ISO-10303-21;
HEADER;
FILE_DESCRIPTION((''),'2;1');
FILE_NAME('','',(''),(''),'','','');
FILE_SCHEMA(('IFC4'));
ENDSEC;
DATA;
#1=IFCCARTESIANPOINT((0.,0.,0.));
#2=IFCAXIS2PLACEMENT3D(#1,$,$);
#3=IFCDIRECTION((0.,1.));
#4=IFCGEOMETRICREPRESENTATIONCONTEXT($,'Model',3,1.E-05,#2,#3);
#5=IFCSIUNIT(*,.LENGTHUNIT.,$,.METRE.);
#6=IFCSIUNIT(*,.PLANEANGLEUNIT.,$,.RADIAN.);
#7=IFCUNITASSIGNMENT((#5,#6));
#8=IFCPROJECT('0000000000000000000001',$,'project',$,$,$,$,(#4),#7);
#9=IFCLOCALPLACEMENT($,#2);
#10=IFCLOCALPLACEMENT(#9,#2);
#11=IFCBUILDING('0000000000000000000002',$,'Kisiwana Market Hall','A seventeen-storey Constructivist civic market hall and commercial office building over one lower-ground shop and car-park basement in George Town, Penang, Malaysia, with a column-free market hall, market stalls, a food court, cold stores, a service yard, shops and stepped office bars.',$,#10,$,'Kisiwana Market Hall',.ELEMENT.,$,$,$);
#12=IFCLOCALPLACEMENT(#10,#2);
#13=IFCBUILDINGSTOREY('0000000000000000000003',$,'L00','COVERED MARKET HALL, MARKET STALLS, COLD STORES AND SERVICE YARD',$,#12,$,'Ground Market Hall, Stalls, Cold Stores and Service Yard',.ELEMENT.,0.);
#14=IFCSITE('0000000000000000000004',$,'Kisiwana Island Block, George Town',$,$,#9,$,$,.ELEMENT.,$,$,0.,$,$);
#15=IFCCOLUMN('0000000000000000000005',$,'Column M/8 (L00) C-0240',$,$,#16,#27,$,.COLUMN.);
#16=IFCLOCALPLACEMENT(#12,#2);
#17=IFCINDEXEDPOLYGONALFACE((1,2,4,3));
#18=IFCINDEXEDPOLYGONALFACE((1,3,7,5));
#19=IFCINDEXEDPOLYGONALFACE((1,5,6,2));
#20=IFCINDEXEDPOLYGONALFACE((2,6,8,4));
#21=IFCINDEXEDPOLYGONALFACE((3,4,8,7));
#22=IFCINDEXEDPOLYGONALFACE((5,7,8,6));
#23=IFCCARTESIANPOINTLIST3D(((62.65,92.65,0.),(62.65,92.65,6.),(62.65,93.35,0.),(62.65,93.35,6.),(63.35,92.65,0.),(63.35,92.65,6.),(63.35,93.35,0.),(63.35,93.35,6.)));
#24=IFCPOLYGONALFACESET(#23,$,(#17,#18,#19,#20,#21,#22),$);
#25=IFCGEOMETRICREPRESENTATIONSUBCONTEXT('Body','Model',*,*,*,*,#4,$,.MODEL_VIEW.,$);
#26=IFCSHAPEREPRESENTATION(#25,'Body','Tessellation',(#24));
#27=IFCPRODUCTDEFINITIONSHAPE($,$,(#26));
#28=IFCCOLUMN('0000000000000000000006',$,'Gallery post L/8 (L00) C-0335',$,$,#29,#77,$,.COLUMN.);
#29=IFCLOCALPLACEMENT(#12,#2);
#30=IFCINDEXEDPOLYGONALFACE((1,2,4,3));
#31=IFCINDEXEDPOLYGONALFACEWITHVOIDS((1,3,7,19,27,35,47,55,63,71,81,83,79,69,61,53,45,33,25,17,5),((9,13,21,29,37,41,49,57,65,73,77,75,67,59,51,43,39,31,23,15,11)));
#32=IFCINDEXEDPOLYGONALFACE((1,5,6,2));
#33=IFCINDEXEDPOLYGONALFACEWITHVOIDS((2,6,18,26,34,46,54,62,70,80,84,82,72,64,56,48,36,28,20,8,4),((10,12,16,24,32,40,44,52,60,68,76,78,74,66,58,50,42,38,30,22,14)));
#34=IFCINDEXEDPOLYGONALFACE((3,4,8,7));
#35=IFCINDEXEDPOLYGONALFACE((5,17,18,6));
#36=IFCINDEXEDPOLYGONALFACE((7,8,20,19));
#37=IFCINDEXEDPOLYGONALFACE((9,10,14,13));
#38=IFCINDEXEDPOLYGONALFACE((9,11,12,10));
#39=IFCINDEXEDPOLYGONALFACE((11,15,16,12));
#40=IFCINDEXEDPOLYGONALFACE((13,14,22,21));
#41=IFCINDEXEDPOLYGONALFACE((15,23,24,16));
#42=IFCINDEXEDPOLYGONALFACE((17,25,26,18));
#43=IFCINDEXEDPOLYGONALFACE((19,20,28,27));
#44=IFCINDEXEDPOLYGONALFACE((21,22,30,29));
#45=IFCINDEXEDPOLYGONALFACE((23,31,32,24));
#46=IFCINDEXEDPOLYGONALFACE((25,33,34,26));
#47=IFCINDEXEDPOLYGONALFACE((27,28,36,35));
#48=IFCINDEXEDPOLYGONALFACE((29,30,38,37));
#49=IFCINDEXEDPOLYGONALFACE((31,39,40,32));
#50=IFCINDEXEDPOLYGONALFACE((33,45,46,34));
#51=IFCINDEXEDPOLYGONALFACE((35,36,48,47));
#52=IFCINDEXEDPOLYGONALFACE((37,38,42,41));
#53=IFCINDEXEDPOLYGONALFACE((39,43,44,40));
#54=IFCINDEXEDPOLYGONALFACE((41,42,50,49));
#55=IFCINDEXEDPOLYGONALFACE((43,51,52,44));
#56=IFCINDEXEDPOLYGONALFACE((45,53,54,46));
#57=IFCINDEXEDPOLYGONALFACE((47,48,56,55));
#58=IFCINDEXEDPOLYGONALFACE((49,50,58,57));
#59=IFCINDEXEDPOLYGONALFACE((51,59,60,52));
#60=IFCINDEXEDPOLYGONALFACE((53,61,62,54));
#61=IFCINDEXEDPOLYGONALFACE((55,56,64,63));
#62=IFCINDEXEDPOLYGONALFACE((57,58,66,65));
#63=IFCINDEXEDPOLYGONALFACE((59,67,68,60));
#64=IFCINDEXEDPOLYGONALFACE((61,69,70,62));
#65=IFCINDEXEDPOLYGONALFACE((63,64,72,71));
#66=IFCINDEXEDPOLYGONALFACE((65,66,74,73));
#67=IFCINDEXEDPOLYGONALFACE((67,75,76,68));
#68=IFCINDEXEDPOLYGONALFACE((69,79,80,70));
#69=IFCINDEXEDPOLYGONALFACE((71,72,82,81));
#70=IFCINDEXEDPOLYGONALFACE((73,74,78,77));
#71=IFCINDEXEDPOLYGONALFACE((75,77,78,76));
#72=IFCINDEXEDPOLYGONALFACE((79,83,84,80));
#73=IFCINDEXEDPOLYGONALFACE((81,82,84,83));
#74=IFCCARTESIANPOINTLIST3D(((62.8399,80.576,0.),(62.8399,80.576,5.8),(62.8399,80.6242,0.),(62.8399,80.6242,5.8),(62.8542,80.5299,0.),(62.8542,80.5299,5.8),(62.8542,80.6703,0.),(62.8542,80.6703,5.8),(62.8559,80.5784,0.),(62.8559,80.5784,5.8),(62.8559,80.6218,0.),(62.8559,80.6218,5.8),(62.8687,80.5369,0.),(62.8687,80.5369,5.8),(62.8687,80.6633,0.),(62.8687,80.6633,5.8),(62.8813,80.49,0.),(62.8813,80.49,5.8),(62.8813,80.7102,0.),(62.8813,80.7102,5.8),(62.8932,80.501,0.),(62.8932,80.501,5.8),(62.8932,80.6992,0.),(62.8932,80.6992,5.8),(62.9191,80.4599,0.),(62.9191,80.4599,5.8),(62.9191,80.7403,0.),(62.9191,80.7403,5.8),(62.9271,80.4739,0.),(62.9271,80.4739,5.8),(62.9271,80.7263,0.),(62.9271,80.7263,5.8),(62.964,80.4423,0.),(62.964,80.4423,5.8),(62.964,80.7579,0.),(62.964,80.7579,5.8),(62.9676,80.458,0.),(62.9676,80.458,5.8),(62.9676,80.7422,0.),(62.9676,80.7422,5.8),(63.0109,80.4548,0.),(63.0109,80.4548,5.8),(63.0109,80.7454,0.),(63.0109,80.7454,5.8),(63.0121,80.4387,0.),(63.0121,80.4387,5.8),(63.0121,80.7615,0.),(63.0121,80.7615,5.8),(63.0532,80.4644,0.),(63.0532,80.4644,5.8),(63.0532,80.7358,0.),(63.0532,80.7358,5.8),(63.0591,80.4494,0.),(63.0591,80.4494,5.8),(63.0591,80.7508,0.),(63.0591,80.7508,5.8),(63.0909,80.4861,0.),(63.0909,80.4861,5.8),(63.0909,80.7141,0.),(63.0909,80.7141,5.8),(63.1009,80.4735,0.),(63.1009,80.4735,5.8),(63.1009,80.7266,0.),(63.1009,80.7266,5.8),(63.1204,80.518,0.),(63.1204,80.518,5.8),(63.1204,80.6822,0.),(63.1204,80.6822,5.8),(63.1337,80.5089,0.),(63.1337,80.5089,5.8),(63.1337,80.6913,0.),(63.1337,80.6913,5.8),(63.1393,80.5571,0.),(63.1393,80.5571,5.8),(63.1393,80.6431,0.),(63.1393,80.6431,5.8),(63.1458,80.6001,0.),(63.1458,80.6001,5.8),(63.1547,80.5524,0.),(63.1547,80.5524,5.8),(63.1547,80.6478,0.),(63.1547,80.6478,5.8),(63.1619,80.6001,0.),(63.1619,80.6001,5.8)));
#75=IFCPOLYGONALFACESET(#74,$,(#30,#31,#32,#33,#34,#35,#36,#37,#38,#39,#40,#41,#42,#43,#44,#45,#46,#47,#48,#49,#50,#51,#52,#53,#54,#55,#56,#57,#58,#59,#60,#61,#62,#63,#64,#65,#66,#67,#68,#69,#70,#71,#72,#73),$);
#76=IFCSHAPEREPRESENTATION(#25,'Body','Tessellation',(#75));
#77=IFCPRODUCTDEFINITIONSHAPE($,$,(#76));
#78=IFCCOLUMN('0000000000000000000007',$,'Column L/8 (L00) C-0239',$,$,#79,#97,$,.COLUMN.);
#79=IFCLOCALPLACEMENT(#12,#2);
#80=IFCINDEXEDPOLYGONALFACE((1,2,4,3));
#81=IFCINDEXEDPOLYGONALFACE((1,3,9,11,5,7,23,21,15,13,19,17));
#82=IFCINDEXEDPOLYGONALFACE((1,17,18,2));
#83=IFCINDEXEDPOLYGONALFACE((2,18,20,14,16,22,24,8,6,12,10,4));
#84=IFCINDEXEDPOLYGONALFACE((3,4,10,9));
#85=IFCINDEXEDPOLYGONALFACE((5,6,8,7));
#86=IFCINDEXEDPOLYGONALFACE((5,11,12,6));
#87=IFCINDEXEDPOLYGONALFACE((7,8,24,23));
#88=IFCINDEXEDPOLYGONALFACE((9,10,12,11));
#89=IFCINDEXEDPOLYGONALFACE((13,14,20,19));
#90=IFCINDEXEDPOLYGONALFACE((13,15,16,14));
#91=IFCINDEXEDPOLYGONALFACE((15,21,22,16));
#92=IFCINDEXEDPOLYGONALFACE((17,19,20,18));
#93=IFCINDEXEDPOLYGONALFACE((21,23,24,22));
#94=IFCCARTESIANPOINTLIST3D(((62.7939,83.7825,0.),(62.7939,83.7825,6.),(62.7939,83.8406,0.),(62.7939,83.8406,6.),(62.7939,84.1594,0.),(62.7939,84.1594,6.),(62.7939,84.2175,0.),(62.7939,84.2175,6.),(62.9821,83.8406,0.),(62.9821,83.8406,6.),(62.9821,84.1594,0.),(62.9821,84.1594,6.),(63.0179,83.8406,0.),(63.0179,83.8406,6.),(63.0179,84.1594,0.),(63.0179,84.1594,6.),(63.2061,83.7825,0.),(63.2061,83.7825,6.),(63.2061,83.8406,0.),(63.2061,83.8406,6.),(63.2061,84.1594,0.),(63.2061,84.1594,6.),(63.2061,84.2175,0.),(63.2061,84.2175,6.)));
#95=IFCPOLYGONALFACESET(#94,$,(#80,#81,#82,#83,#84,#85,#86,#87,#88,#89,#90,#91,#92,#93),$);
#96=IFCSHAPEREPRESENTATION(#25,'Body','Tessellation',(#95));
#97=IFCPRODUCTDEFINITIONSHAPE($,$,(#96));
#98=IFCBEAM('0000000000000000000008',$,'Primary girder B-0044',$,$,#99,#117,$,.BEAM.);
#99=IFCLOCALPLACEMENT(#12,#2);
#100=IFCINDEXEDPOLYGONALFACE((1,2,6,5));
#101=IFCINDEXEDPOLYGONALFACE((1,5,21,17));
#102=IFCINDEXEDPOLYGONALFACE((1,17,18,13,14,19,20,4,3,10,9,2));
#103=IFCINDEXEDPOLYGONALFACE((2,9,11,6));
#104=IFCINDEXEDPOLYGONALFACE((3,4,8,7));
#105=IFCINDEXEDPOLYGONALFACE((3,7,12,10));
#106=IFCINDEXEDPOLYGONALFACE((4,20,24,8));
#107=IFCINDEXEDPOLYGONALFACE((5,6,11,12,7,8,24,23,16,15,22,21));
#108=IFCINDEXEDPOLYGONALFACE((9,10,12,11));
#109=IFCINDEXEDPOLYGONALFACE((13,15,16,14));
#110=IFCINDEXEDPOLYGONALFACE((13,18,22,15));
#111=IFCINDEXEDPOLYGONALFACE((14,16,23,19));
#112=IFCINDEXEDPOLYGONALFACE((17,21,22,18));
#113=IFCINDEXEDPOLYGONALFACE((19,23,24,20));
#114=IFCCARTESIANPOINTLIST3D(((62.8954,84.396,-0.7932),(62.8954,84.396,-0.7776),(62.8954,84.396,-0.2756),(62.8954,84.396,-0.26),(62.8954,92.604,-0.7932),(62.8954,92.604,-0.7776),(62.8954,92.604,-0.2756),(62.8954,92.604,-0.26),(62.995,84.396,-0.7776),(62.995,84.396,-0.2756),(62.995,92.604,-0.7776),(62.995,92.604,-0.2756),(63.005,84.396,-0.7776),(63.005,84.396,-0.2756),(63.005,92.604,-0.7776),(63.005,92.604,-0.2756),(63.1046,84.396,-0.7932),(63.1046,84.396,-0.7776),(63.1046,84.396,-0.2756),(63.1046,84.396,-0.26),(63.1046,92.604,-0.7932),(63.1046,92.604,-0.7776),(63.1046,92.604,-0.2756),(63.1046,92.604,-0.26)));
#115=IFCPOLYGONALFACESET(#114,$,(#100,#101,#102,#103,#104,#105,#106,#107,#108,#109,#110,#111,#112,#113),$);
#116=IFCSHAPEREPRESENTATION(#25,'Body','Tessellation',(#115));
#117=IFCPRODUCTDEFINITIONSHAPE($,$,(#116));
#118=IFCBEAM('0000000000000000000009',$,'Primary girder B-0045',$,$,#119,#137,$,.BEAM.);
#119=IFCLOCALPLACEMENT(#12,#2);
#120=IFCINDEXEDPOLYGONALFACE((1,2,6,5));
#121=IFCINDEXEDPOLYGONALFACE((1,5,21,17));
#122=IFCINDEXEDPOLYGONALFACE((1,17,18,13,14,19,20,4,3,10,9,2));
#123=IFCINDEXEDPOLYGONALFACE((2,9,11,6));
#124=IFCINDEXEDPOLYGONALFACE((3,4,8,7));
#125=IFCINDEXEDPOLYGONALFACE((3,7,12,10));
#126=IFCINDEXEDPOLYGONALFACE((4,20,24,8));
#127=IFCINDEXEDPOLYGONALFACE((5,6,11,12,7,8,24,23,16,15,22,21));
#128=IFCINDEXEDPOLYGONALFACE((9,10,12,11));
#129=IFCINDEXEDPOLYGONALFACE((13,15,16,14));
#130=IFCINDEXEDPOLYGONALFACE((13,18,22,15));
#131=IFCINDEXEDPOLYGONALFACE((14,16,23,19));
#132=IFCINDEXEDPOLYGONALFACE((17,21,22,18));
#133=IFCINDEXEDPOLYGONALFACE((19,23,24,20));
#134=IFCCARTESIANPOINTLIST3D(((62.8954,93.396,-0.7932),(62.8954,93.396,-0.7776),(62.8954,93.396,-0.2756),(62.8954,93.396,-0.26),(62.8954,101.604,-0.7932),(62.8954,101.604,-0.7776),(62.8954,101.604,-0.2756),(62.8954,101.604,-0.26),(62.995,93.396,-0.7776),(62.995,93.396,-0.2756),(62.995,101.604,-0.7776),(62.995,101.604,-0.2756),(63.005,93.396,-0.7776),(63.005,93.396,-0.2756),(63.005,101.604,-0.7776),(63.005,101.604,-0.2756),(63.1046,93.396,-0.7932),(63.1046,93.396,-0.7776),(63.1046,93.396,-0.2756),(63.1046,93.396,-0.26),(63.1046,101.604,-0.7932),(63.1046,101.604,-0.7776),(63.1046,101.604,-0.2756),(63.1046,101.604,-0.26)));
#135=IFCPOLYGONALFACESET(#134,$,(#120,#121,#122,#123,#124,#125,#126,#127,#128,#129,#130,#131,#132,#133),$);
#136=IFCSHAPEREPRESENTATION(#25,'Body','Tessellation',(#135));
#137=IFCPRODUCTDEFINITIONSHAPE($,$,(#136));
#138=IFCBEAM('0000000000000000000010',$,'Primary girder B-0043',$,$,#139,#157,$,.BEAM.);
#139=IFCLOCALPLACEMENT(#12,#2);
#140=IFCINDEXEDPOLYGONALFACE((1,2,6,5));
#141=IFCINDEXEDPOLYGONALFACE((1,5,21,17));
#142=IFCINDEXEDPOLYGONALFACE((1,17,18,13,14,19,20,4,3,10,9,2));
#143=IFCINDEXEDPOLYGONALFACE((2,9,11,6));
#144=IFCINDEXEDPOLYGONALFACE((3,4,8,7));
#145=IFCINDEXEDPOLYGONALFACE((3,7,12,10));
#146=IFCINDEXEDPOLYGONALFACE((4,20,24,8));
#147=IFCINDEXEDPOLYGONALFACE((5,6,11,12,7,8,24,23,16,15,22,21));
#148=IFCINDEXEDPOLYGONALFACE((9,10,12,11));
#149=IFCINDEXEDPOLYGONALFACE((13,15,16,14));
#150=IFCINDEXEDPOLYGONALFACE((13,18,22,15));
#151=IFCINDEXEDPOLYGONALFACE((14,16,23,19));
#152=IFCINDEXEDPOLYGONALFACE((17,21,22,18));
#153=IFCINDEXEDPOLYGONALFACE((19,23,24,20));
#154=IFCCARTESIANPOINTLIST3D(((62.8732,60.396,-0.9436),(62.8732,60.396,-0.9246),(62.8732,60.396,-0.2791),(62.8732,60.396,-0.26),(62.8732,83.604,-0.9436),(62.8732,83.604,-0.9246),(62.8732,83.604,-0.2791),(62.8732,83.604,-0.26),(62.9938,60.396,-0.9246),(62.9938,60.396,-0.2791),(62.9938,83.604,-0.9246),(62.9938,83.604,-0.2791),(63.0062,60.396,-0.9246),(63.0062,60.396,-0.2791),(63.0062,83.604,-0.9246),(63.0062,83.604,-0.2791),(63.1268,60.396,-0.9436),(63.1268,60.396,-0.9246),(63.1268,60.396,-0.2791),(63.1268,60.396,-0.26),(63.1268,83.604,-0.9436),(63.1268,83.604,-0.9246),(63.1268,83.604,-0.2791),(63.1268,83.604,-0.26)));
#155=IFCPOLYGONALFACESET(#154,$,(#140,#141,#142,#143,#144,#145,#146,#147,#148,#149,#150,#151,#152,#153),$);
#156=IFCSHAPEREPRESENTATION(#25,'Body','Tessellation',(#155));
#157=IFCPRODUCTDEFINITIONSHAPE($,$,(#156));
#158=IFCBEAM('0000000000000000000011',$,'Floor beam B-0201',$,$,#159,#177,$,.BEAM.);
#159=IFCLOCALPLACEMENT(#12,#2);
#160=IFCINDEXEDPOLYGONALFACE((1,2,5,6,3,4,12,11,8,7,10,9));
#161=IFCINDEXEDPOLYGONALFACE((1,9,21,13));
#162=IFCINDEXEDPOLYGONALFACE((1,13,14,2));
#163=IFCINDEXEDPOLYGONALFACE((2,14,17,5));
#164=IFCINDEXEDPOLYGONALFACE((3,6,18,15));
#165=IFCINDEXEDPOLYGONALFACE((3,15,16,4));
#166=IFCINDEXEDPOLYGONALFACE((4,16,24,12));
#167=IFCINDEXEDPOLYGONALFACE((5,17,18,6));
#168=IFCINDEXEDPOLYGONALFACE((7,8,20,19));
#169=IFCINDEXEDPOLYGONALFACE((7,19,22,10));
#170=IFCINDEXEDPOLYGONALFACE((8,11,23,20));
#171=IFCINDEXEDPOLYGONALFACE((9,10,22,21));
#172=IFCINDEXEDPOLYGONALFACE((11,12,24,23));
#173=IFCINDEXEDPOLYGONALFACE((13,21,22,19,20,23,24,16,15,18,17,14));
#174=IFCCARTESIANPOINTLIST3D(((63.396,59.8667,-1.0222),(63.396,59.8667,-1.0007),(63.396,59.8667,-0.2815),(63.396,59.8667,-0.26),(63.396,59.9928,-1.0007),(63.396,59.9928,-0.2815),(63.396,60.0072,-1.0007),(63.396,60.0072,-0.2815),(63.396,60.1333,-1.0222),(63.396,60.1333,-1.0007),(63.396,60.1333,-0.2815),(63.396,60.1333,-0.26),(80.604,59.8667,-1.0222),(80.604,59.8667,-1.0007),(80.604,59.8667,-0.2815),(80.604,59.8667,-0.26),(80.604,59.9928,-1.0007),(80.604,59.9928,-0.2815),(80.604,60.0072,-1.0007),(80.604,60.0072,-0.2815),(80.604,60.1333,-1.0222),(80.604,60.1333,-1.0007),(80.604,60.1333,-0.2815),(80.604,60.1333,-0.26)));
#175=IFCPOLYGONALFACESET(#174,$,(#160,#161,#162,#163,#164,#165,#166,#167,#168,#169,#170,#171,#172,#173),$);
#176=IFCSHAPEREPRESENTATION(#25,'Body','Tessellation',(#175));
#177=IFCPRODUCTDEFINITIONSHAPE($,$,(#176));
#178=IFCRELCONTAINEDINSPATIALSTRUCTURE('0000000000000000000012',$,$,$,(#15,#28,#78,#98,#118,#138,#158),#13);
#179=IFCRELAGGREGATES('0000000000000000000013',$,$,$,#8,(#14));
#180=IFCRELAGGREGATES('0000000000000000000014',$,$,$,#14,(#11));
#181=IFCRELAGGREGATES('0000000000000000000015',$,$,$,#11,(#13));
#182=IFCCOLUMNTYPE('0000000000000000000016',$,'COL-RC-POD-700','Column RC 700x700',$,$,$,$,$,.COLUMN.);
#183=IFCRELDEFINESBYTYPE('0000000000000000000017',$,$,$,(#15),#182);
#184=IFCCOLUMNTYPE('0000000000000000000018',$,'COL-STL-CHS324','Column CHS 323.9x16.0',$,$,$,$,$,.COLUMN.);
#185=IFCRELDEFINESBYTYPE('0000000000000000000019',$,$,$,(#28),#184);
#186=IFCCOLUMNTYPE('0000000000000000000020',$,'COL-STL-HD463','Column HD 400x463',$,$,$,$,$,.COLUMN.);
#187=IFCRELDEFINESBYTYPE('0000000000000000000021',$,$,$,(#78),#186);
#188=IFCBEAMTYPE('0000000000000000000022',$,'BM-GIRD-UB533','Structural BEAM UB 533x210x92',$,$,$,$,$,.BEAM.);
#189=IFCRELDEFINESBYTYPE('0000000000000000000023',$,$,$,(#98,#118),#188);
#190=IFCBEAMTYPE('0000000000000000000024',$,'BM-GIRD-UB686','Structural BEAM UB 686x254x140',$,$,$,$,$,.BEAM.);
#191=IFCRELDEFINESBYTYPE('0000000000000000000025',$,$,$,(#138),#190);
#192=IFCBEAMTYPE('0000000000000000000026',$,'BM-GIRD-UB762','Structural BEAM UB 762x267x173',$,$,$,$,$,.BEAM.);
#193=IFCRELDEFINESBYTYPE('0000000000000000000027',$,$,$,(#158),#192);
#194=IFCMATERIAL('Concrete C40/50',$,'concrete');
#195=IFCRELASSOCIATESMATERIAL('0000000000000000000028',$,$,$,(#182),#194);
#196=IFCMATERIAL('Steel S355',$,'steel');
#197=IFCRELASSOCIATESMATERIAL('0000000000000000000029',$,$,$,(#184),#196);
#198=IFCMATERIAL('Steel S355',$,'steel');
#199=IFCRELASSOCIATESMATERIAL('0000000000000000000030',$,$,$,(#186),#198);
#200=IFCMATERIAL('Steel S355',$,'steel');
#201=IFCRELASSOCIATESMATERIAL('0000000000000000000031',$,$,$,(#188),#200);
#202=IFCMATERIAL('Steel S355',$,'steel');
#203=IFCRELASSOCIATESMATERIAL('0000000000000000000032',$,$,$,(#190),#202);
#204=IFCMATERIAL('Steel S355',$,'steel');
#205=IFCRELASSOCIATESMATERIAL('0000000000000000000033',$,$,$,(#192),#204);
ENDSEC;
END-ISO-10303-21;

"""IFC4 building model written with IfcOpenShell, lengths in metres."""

from ifc_helpers import new_model, si_unit, direction, frame, origin, origin_2d, place, context, subcontext, project, spatial, rectangle, hollow_circle, i_section, extrude, material, material_profile, profile_set, type_object, element, save


model = new_model("IFC4")

# Units and contexts
model_context = context("Model", 3, precision=1e-05, world=origin(), true_north=direction((0.0, 1.0)))
body_context = subcontext(model_context, "Body", "Model", "MODEL_VIEW")
ifc_project = project(units=[si_unit("LENGTHUNIT", "METRE"), si_unit("PLANEANGLEUNIT", "RADIAN")], contexts=[model_context])

# Site, building, storey
site_placement = place(None, origin())
site = spatial("IfcSite", under=ifc_project, at=site_placement, Name="Kisiwana Island Block, George Town", CompositionType="ELEMENT", RefElevation=0.0)
building_placement = place(site_placement, origin())
building = spatial("IfcBuilding", under=site, at=building_placement, Name="Kisiwana Market Hall", Description="A seventeen-storey Constructivist civic market hall and commercial office building over one lower-ground shop and car-park basement in George Town, Penang, Malaysia, with a column-free market hall, market stalls, a food court, cold stores, a service yard, shops and stepped office bars.", LongName="Kisiwana Market Hall", CompositionType="ELEMENT")
storey_placement = place(building_placement, origin())
storey = spatial("IfcBuildingStorey", under=building, at=storey_placement, Name="L00", Description="COVERED MARKET HALL, MARKET STALLS, COLD STORES AND SERVICE YARD", LongName="Ground Market Hall, Stalls, Cold Stores and Service Yard", CompositionType="ELEMENT", Elevation=0.0)

# Columns
ifc_material_1 = material(Name="Concrete C40/50", Category="concrete")
ifc_material_profile_1 = material_profile(ifc_material_1, rectangle(XDim=0.7, YDim=0.7, at=origin_2d()), Name="RC 700x700")
ifc_profile_set_1 = profile_set([ifc_material_profile_1], Name="Concrete C40/50")
column_type_1 = type_object("IfcColumnType", Name="COL-RC-POD-700", Description="Column RC 700x700", PredefinedType="COLUMN", material=ifc_profile_set_1)
column_1_placement = place(storey_placement, frame((63.0, 93.0, 0.0), z_axis=(0.0, 0.0, 1.0), x_axis=(1.0, 0.0, 0.0)))
element("IfcColumn", 1, at=column_1_placement, inside=storey, type_object=column_type_1, Name="Column M/8 (L00) C-0240", PredefinedType="COLUMN", context=body_context, shape_type="SweptSolid", body=[
    extrude(rectangle(XDim=0.7, YDim=0.7, at=origin_2d()), origin(), (0.0, 0.0, 1.0), 6.0),
])
ifc_material_2 = material(Name="Steel S355", Category="steel")
ifc_material_profile_2 = material_profile(ifc_material_2, hollow_circle(Radius=0.1619, WallThickness=0.0161, at=origin_2d()), Name="CHS 323.9x16.0")
ifc_profile_set_2 = profile_set([ifc_material_profile_2], Name="Steel S355")
column_type_2 = type_object("IfcColumnType", Name="COL-STL-CHS324", Description="Column CHS 323.9x16.0", PredefinedType="COLUMN", material=ifc_profile_set_2)
column_2_placement = place(storey_placement, frame((63.0, 80.6001, 0.0), z_axis=(0.0, 0.0, 1.0), x_axis=(1.0, 0.0, 0.0)))
element("IfcColumn", 2, at=column_2_placement, inside=storey, type_object=column_type_2, Name="Gallery post L/8 (L00) C-0335", PredefinedType="COLUMN", context=body_context, shape_type="SweptSolid", body=[
    extrude(hollow_circle(Radius=0.1619, WallThickness=0.0161, at=origin_2d()), origin(), (0.0, 0.0, 1.0), 5.8),
])
ifc_material_3 = material(Name="Steel S355", Category="steel")
ifc_material_profile_3 = material_profile(ifc_material_3, i_section(OverallWidth=0.4121, OverallDepth=0.4351, WebThickness=0.0359, FlangeThickness=0.0581, at=origin_2d()), Name="HD 400x463")
ifc_profile_set_3 = profile_set([ifc_material_profile_3], Name="Steel S355")
column_type_3 = type_object("IfcColumnType", Name="COL-STL-HD463", Description="Column HD 400x463", PredefinedType="COLUMN", material=ifc_profile_set_3)
column_3_placement = place(storey_placement, frame((63.0, 84.0, 0.0), z_axis=(0.0, 0.0, 1.0), x_axis=(1.0, 0.0, 0.0)))
element("IfcColumn", 3, at=column_3_placement, inside=storey, type_object=column_type_3, Name="Column L/8 (L00) C-0239", PredefinedType="COLUMN", context=body_context, shape_type="SweptSolid", body=[
    extrude(i_section(OverallWidth=0.4121, OverallDepth=0.4351, WebThickness=0.0359, FlangeThickness=0.0581, at=origin_2d()), origin(), (0.0, 0.0, 1.0), 6.0),
])

# Beams
ifc_material_4 = material(Name="Steel S355", Category="steel")
ifc_material_profile_4 = material_profile(ifc_material_4, i_section(OverallWidth=0.2092, OverallDepth=0.5332, WebThickness=0.01, FlangeThickness=0.0156, at=origin_2d()), Name="UB 533x210x92")
ifc_profile_set_4 = profile_set([ifc_material_profile_4], Name="Steel S355")
beam_type_1 = type_object("IfcBeamType", Name="BM-GIRD-UB533", Description="Structural BEAM UB 533x210x92", PredefinedType="BEAM", material=ifc_profile_set_4)
for number, where, z_axis, x_axis, name in (
    (4, (63.0, 84.396, -0.5266), (0.0, 1.0, 0.0), (-1.0, 0.0, 0.0), "Primary girder B-0044"),
    (5, (63.0, 93.396, -0.5266), (0.0, 1.0, 0.0), (-1.0, 0.0, 0.0), "Primary girder B-0045"),
):
    element("IfcBeam", number, at=place(storey_placement, frame(where, z_axis=z_axis, x_axis=x_axis)), inside=storey, type_object=beam_type_1, Name=name, PredefinedType="BEAM", context=body_context, shape_type="SweptSolid", body=[
        extrude(i_section(OverallWidth=0.2092, OverallDepth=0.5332, WebThickness=0.01, FlangeThickness=0.0156, at=origin_2d()), origin(), (0.0, 0.0, 1.0), 8.208),
    ])
ifc_material_5 = material(Name="Steel S355", Category="steel")
ifc_material_profile_5 = material_profile(ifc_material_5, i_section(OverallWidth=0.2537, OverallDepth=0.6836, WebThickness=0.0125, FlangeThickness=0.019, at=origin_2d()), Name="UB 686x254x140")
ifc_profile_set_5 = profile_set([ifc_material_profile_5], Name="Steel S355")
beam_type_2 = type_object("IfcBeamType", Name="BM-GIRD-UB686", Description="Structural BEAM UB 686x254x140", PredefinedType="BEAM", material=ifc_profile_set_5)
beam_placement = place(storey_placement, frame((63.0, 60.396, -0.6018), z_axis=(0.0, 1.0, 0.0), x_axis=(-1.0, 0.0, 0.0)))
element("IfcBeam", 6, at=beam_placement, inside=storey, type_object=beam_type_2, Name="Primary girder B-0043", PredefinedType="BEAM", context=body_context, shape_type="SweptSolid", body=[
    extrude(i_section(OverallWidth=0.2537, OverallDepth=0.6836, WebThickness=0.0125, FlangeThickness=0.019, at=origin_2d()), origin(), (0.0, 0.0, 1.0), 23.208),
])
ifc_material_6 = material(Name="Steel S355", Category="steel")
ifc_material_profile_6 = material_profile(ifc_material_6, i_section(OverallWidth=0.2666, OverallDepth=0.7622, WebThickness=0.0144, FlangeThickness=0.0215, at=origin_2d()), Name="UB 762x267x173")
ifc_profile_set_6 = profile_set([ifc_material_profile_6], Name="Steel S355")
beam_type_3 = type_object("IfcBeamType", Name="BM-GIRD-UB762", Description="Structural BEAM UB 762x267x173", PredefinedType="BEAM", material=ifc_profile_set_6)
for number, where, z_axis, x_axis, name in (
    (7, (63.396, 60.0, -0.6411), (1.0, 0.0, 0.0), (0.0, 1.0, 0.0), "Floor beam B-0201"),
):
    element("IfcBeam", number, at=place(storey_placement, frame(where, z_axis=z_axis, x_axis=x_axis)), inside=storey, type_object=beam_type_3, Name=name, PredefinedType="BEAM", context=body_context, shape_type="SweptSolid", body=[
        extrude(i_section(OverallWidth=0.2666, OverallDepth=0.7622, WebThickness=0.0144, FlangeThickness=0.0215, at=origin_2d()), origin(), (0.0, 0.0, 1.0), 17.208),
    ])

save(model, "model.ifc")
